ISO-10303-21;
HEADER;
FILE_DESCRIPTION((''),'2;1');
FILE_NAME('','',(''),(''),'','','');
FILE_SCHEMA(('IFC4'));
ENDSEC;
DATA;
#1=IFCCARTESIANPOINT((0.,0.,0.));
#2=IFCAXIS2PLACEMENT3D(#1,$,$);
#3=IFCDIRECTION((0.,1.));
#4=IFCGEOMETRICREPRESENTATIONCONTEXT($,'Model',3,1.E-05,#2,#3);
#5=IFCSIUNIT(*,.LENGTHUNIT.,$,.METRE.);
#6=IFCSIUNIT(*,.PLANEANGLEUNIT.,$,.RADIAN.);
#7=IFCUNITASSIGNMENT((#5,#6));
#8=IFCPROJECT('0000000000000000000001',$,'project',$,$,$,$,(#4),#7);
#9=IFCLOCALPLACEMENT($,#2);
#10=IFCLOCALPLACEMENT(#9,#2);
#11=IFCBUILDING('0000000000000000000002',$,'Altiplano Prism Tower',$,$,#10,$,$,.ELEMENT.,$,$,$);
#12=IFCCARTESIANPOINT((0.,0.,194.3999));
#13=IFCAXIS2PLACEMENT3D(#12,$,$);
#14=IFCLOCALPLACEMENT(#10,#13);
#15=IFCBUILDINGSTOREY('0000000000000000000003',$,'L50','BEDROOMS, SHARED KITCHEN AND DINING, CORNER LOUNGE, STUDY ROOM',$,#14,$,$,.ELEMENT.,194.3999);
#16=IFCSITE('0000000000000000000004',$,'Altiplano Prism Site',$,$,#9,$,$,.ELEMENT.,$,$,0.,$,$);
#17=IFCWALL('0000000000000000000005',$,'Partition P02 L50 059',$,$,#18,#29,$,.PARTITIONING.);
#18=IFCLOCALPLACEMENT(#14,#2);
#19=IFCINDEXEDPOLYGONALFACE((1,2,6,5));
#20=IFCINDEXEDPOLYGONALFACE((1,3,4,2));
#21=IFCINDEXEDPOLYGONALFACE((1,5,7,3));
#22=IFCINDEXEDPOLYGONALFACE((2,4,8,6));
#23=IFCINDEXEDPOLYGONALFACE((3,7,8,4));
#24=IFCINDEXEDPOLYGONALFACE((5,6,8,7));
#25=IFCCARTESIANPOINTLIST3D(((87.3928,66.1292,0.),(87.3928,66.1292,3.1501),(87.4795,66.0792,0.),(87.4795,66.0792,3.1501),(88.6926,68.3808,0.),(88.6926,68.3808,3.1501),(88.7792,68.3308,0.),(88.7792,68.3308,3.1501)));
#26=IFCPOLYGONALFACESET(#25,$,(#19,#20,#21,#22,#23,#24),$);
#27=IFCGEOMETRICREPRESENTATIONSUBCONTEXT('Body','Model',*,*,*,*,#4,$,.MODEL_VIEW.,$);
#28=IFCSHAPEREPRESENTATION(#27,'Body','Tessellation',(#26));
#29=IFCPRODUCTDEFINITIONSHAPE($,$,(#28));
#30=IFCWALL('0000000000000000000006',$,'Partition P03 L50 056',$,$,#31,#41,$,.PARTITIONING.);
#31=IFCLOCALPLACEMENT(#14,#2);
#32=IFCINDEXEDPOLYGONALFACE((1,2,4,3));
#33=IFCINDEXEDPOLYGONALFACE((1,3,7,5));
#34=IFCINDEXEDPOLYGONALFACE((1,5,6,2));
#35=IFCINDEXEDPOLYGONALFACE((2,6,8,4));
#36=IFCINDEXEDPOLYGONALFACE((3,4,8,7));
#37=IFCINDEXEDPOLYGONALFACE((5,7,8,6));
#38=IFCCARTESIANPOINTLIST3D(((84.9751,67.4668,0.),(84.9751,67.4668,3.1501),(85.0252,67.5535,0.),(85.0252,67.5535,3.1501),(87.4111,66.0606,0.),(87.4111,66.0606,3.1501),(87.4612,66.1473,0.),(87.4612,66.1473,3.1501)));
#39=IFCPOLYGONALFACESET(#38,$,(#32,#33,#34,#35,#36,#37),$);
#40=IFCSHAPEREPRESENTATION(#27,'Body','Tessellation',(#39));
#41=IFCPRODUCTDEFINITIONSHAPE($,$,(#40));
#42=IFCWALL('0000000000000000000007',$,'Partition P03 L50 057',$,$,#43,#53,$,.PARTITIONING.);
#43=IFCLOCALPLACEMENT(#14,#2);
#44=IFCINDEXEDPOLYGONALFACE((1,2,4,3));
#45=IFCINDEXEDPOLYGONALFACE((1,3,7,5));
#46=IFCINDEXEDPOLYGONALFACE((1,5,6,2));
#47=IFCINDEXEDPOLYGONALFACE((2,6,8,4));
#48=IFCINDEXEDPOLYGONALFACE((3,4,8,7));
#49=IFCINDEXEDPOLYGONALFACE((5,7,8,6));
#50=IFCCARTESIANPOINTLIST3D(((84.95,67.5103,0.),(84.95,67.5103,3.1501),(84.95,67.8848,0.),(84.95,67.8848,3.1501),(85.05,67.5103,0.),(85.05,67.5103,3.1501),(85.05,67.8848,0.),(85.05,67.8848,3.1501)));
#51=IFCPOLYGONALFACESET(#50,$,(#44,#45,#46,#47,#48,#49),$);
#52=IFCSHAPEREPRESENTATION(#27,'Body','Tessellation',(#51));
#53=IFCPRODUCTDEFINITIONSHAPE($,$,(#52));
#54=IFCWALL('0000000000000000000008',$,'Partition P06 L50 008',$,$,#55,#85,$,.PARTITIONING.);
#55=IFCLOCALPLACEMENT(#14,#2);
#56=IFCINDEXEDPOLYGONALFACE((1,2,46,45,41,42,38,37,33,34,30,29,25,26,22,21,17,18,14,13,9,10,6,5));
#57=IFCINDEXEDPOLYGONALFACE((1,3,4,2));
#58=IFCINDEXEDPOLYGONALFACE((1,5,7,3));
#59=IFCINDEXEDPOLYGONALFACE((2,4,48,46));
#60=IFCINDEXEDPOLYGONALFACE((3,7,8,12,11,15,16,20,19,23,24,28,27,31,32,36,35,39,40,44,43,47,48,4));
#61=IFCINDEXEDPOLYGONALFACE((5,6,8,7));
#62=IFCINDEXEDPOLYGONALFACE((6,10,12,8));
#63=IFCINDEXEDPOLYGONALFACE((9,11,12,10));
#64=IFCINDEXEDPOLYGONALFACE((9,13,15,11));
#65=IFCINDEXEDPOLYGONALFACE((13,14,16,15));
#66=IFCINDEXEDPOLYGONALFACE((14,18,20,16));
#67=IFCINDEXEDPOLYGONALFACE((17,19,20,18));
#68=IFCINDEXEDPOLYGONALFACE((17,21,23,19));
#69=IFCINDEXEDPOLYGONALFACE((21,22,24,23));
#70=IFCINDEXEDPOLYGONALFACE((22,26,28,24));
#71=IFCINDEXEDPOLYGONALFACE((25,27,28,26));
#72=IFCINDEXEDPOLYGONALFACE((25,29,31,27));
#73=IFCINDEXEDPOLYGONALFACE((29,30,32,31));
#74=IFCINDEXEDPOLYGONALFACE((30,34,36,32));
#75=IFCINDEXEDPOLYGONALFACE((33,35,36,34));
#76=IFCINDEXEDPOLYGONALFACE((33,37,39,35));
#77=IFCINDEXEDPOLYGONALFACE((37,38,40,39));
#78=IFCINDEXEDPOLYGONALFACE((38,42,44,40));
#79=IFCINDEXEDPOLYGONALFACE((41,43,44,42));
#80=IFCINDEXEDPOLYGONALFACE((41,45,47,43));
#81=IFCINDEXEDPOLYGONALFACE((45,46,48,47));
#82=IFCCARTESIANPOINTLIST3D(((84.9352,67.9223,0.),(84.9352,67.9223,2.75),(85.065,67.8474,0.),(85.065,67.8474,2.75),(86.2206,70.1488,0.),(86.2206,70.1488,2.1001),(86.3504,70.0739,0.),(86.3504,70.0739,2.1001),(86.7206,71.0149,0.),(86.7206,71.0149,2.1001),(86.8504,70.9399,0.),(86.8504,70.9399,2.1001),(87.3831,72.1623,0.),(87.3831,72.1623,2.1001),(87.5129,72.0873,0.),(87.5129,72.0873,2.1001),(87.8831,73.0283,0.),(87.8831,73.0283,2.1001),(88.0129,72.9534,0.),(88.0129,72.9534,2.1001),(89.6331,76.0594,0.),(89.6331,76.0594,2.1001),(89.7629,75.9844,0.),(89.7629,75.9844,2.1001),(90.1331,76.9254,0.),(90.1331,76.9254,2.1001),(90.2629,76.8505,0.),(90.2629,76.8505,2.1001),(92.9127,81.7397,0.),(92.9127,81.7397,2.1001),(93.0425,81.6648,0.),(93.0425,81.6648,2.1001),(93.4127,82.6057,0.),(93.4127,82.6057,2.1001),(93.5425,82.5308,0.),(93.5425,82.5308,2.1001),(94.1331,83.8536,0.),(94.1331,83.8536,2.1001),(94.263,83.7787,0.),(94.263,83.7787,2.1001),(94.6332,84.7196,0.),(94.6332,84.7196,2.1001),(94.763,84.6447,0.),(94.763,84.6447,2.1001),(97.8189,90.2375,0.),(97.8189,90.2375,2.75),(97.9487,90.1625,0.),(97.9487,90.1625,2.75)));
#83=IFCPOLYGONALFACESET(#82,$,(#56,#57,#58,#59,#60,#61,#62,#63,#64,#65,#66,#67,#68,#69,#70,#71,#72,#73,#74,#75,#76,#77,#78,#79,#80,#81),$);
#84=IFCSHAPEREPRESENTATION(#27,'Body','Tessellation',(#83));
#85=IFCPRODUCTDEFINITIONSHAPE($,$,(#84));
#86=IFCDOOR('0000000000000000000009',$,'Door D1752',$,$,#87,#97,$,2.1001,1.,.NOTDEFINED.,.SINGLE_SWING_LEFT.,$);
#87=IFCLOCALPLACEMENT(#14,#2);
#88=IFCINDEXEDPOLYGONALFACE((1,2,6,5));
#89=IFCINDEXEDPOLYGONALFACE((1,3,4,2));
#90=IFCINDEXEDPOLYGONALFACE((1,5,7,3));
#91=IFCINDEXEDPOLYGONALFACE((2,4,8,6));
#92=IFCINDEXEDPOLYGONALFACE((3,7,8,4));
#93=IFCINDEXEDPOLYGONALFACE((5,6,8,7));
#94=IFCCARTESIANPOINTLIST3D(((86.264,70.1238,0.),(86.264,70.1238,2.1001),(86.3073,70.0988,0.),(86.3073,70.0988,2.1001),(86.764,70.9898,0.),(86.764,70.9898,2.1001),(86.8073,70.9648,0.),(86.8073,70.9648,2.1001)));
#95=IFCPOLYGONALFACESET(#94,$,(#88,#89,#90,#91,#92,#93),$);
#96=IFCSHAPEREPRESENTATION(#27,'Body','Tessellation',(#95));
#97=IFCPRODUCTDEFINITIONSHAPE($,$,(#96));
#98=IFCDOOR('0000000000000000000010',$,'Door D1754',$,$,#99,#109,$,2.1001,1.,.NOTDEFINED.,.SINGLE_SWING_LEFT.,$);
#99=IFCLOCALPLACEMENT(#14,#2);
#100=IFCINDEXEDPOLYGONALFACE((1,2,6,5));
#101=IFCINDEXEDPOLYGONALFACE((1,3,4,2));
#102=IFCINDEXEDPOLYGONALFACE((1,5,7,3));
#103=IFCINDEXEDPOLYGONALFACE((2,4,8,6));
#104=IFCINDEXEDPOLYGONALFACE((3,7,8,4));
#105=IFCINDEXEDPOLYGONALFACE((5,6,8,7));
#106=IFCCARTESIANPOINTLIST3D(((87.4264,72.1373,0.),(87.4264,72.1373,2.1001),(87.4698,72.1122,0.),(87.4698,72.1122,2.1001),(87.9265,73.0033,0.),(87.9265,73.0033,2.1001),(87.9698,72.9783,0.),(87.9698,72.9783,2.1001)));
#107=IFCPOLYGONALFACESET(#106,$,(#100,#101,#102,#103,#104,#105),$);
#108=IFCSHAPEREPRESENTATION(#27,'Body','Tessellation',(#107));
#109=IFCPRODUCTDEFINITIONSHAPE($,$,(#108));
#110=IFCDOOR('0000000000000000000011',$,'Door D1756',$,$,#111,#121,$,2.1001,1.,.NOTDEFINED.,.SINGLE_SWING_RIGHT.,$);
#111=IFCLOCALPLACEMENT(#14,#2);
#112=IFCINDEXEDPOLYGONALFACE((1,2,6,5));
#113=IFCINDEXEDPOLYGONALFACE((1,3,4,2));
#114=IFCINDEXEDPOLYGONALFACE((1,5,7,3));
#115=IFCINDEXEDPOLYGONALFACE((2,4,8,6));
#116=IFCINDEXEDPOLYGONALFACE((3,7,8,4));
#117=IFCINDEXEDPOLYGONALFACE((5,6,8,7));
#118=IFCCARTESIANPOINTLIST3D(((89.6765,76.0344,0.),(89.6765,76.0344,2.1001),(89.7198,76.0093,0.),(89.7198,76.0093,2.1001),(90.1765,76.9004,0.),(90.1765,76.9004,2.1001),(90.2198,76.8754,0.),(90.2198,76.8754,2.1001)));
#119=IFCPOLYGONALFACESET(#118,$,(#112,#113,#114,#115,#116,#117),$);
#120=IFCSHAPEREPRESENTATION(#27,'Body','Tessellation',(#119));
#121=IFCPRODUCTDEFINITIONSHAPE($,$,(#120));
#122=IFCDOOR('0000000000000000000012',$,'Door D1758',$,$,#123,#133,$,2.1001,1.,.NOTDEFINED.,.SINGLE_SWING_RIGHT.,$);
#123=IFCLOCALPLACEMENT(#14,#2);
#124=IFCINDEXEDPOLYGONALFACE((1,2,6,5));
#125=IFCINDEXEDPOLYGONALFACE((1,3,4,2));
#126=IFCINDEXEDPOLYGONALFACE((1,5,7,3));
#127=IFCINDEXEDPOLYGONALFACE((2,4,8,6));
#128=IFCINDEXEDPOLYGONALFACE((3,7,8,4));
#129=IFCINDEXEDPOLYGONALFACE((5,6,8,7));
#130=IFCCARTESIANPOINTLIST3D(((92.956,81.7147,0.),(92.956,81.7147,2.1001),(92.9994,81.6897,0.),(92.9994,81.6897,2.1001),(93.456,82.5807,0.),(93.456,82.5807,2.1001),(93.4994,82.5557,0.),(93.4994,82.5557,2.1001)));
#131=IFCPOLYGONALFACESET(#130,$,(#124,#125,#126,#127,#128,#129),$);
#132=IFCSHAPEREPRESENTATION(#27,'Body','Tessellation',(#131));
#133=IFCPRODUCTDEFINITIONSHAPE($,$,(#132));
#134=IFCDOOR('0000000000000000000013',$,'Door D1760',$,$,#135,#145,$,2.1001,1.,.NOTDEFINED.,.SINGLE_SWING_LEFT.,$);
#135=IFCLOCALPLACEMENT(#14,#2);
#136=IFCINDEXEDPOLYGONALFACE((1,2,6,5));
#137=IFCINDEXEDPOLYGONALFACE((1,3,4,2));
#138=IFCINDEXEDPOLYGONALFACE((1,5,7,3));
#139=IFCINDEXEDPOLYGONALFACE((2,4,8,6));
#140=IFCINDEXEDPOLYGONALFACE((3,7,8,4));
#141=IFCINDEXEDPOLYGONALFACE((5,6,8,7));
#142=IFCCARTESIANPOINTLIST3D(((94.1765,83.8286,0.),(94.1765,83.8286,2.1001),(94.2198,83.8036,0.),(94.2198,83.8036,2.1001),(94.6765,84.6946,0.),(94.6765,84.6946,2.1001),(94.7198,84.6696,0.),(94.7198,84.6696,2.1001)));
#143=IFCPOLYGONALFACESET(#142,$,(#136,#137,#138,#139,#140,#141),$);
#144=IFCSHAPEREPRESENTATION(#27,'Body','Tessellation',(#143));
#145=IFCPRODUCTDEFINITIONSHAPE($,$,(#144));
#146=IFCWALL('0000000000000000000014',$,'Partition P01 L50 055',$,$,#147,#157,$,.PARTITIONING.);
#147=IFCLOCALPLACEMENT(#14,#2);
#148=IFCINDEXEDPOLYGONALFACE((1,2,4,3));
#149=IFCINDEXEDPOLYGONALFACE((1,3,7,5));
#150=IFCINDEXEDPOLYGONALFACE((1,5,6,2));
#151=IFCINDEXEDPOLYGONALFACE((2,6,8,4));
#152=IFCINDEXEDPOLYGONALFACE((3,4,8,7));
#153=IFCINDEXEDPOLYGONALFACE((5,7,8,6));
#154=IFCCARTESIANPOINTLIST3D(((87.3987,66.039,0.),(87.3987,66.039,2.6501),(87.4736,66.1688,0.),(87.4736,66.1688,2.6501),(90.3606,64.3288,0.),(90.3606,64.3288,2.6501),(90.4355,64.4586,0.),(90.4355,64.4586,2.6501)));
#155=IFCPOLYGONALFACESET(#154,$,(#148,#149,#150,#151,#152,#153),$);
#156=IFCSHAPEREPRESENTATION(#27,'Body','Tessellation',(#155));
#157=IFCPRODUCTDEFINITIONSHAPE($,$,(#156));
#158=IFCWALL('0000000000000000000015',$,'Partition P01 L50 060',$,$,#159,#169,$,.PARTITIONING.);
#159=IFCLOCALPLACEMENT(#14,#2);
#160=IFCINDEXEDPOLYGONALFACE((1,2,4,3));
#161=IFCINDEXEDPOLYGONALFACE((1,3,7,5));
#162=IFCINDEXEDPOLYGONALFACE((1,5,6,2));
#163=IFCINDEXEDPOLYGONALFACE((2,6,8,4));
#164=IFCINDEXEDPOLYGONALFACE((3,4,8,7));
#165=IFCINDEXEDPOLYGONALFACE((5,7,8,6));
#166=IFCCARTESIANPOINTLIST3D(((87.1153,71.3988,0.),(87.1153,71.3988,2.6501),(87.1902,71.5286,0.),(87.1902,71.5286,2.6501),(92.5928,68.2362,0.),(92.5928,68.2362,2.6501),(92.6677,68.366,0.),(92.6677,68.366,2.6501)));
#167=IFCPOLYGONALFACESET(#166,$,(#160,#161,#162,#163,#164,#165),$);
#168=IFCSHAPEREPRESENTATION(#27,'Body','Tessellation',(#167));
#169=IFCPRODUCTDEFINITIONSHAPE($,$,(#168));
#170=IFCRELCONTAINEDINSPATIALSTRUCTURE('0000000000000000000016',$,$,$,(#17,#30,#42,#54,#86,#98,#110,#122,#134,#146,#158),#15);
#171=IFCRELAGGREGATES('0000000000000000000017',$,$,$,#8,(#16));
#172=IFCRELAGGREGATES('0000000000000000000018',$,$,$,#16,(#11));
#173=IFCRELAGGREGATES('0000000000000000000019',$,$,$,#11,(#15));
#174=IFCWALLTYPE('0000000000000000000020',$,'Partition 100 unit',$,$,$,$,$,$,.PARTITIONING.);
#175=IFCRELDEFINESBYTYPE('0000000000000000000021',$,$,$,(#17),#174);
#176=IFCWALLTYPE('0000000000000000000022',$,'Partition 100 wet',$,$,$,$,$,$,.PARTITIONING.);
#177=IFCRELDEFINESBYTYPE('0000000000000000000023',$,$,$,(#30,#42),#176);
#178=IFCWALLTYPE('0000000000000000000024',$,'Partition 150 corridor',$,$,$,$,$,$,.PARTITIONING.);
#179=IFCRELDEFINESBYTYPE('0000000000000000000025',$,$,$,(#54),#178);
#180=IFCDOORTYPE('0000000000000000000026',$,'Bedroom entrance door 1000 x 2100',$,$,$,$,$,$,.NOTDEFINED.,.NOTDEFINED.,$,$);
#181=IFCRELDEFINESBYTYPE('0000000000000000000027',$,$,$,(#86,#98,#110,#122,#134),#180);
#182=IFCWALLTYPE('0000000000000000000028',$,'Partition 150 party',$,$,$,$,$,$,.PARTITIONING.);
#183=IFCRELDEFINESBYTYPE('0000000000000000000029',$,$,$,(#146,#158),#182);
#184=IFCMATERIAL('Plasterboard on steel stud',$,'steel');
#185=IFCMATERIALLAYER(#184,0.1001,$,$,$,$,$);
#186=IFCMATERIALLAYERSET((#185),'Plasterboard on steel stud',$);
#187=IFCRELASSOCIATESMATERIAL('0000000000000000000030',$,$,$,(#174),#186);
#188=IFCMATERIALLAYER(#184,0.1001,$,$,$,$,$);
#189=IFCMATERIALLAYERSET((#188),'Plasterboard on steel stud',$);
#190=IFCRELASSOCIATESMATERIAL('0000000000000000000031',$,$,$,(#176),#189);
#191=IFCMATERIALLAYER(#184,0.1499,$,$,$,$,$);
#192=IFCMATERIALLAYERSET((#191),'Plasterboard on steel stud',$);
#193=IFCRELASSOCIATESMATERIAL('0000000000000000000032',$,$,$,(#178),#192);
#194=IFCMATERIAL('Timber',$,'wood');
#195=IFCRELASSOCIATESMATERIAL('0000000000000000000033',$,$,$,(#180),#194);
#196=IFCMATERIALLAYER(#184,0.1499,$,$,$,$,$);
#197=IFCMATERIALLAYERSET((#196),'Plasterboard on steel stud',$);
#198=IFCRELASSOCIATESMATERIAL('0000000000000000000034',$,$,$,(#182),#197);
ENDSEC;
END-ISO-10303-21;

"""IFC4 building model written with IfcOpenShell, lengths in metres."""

from ifc_helpers import new_model, si_unit, direction, frame, frame_2d, origin, place, context, subcontext, project, spatial, rectangle, extrude, material, layer, layer_set, type_object, element, fill, save


model = new_model("IFC4")

# Units and contexts
model_context = context("Model", 3, precision=1e-05, world=origin(), true_north=direction((0.0, 1.0)))
body_context = subcontext(model_context, "Body", "Model", "MODEL_VIEW")
ifc_project = project(units=[si_unit("LENGTHUNIT", "METRE"), si_unit("PLANEANGLEUNIT", "RADIAN")], contexts=[model_context])

# Site, building, storey
site_placement = place(None, origin())
site = spatial("IfcSite", under=ifc_project, at=site_placement, Name="Altiplano Prism Site", CompositionType="ELEMENT", RefElevation=0.0)
building_placement = place(site_placement, origin())
building = spatial("IfcBuilding", under=site, at=building_placement, Name="Altiplano Prism Tower", CompositionType="ELEMENT")
storey_placement = place(building_placement, frame((0.0, 0.0, 194.3999)))
storey = spatial("IfcBuildingStorey", under=building, at=storey_placement, Name="L50", Description="BEDROOMS, SHARED KITCHEN AND DINING, CORNER LOUNGE, STUDY ROOM", CompositionType="ELEMENT", Elevation=194.3999)

# Walls
ifc_material_1 = material(Name="Plasterboard on steel stud", Category="steel")
ifc_layer_1 = layer(ifc_material_1, 0.1001)
ifc_layer_set_1 = layer_set([ifc_layer_1], Name="Plasterboard on steel stud")
wall_type_1 = type_object("IfcWallType", Name="Partition 100 unit", PredefinedType="PARTITIONING", material=ifc_layer_set_1)
wall_1_placement = place(storey_placement, frame((88.7358, 68.3557, 0.0), z_axis=(0.0, 0.0, 1.0), x_axis=(-0.499937, -0.866062, 0.0)))
element("IfcWall", 1, at=wall_1_placement, inside=storey, type_object=wall_type_1, Name="Partition P02 L50 059", PredefinedType="PARTITIONING", context=body_context, shape_type="SweptSolid", body=[
    extrude(rectangle(XDim=2.5999, YDim=0.1001, at=frame_2d((1.2998, 0.0))), origin(), (0.0, 0.0, 1.0), 3.1501),
])
ifc_layer_2 = layer(ifc_material_1, 0.1001)
ifc_layer_set_2 = layer_set([ifc_layer_2], Name="Plasterboard on steel stud")
wall_type_2 = type_object("IfcWallType", Name="Partition 100 wet", PredefinedType="PARTITIONING", material=ifc_layer_set_2)
wall_2_placement = place(storey_placement, frame((87.436, 66.104, 0.0), z_axis=(0.0, 0.0, 1.0), x_axis=(-0.866056, 0.499948, 0.0)))
element("IfcWall", 2, at=wall_2_placement, inside=storey, type_object=wall_type_2, Name="Partition P03 L50 056", PredefinedType="PARTITIONING", context=body_context, shape_type="SweptSolid", body=[
    extrude(rectangle(XDim=2.8127, YDim=0.1001, at=frame_2d((1.4062, 0.0))), origin(), (0.0, 0.0, 1.0), 3.1501),
])
wall_3_placement = place(storey_placement, frame((85.0, 67.5103, 0.0), z_axis=(0.0, 0.0, 1.0), x_axis=(0.0, 1.0, 0.0)))
element("IfcWall", 3, at=wall_3_placement, inside=storey, type_object=wall_type_2, Name="Partition P03 L50 057", PredefinedType="PARTITIONING", context=body_context, shape_type="SweptSolid", body=[
    extrude(rectangle(XDim=0.3745, YDim=0.1001, at=frame_2d((0.1873, 0.0))), origin(), (0.0, 0.0, 1.0), 3.1501),
])

# Wall, openings, doors
ifc_layer_3 = layer(ifc_material_1, 0.1499)
ifc_layer_set_3 = layer_set([ifc_layer_3], Name="Plasterboard on steel stud")
wall_type_3 = type_object("IfcWallType", Name="Partition 150 corridor", PredefinedType="PARTITIONING", material=ifc_layer_set_3)
wall_4_placement = place(storey_placement, frame((85.0, 67.8848, 0.0), z_axis=(0.0, 0.0, 1.0), x_axis=(0.500003, 0.866024, 0.0)))
wall_4 = element("IfcWall", 4, at=wall_4_placement, inside=storey, type_object=wall_type_3, Name="Partition P06 L50 008", PredefinedType="PARTITIONING", context=body_context, shape_type="SweptSolid", body=[
    extrude(rectangle(XDim=25.7673, YDim=0.1499, at=frame_2d((12.8838, 0.0))), origin(), (0.0, 0.0, 1.0), 2.75),
])
opening_1_placement = place(wall_4_placement, frame((2.571, 0.0, 0.0)))
opening_1 = element("IfcOpeningElement", 5, at=opening_1_placement, cuts=wall_4, PredefinedType="OPENING", context=body_context, shape_type="SweptSolid", body=[
    extrude(rectangle(XDim=1.0, YDim=2.1001, at=frame_2d((0.5, 1.05))), frame((0.0, 0.0854, 0.0), z_axis=(0.0, -1.0, 0.0), x_axis=(1.0, 0.0, 0.0)), (0.0, 0.0, 1.0), 0.1709),
])
opening_2_placement = place(wall_4_placement, frame((4.896, 0.0, 0.0)))
opening_2 = element("IfcOpeningElement", 6, at=opening_2_placement, cuts=wall_4, PredefinedType="OPENING", context=body_context, shape_type="SweptSolid", body=[
    extrude(rectangle(XDim=1.0, YDim=2.1001, at=frame_2d((0.5, 1.05))), frame((0.0, 0.0854, 0.0), z_axis=(0.0, -1.0, 0.0), x_axis=(1.0, 0.0, 0.0)), (0.0, 0.0, 1.0), 0.1709),
])
opening_3_placement = place(wall_4_placement, frame((9.396, 0.0, 0.0)))
opening_3 = element("IfcOpeningElement", 7, at=opening_3_placement, cuts=wall_4, PredefinedType="OPENING", context=body_context, shape_type="SweptSolid", body=[
    extrude(rectangle(XDim=1.0, YDim=2.1001, at=frame_2d((0.5, 1.05))), frame((0.0, 0.0854, 0.0), z_axis=(0.0, -1.0, 0.0), x_axis=(1.0, 0.0, 0.0)), (0.0, 0.0, 1.0), 0.1709),
])
opening_4_placement = place(wall_4_placement, frame((15.9551, 0.0, 0.0)))
opening_4 = element("IfcOpeningElement", 8, at=opening_4_placement, cuts=wall_4, PredefinedType="OPENING", context=body_context, shape_type="SweptSolid", body=[
    extrude(rectangle(XDim=1.0, YDim=2.1001, at=frame_2d((0.5, 1.05))), frame((0.0, 0.0854, 0.0), z_axis=(0.0, -1.0, 0.0), x_axis=(1.0, 0.0, 0.0)), (0.0, 0.0, 1.0), 0.1709),
])
opening_5_placement = place(wall_4_placement, frame((18.396, 0.0, 0.0)))
opening_5 = element("IfcOpeningElement", 9, at=opening_5_placement, cuts=wall_4, PredefinedType="OPENING", context=body_context, shape_type="SweptSolid", body=[
    extrude(rectangle(XDim=1.0, YDim=2.1001, at=frame_2d((0.5, 1.05))), frame((0.0, 0.0854, 0.0), z_axis=(0.0, -1.0, 0.0), x_axis=(1.0, 0.0, 0.0)), (0.0, 0.0, 1.0), 0.1709),
])
ifc_material_2 = material(Name="Timber", Category="wood")
door_type = type_object("IfcDoorType", Name="Bedroom entrance door 1000 x 2100", OperationType="NOTDEFINED", PredefinedType="NOTDEFINED", material=ifc_material_2)
door_1_placement = place(opening_1_placement, origin())
door_1 = element("IfcDoor", 10, at=door_1_placement, inside=storey, type_object=door_type, Name="Door D1752", OperationType="SINGLE_SWING_LEFT", OverallHeight=2.1001, OverallWidth=1.0, PredefinedType="NOTDEFINED", context=body_context, shape_type="SweptSolid", body=[
    extrude(rectangle(XDim=1.0, YDim=2.1001, at=frame_2d((0.5, 1.05))), frame((0.0, 0.0249, 0.0), z_axis=(0.0, -1.0, 0.0), x_axis=(1.0, 0.0, 0.0)), (0.0, 0.0, 1.0), 0.05),
])
fill(opening_1, door_1)
door_2_placement = place(opening_2_placement, origin())
door_2 = element("IfcDoor", 11, at=door_2_placement, inside=storey, type_object=door_type, Name="Door D1754", OperationType="SINGLE_SWING_LEFT", OverallHeight=2.1001, OverallWidth=1.0, PredefinedType="NOTDEFINED", context=body_context, shape_type="SweptSolid", body=[
    extrude(rectangle(XDim=1.0, YDim=2.1001, at=frame_2d((0.5, 1.05))), frame((0.0, 0.0249, 0.0), z_axis=(0.0, -1.0, 0.0), x_axis=(1.0, 0.0, 0.0)), (0.0, 0.0, 1.0), 0.05),
])
fill(opening_2, door_2)
door_3_placement = place(opening_3_placement, origin())
door_3 = element("IfcDoor", 12, at=door_3_placement, inside=storey, type_object=door_type, Name="Door D1756", OperationType="SINGLE_SWING_RIGHT", OverallHeight=2.1001, OverallWidth=1.0, PredefinedType="NOTDEFINED", context=body_context, shape_type="SweptSolid", body=[
    extrude(rectangle(XDim=1.0, YDim=2.1001, at=frame_2d((0.5, 1.05))), frame((0.0, 0.0249, 0.0), z_axis=(0.0, -1.0, 0.0), x_axis=(1.0, 0.0, 0.0)), (0.0, 0.0, 1.0), 0.05),
])
fill(opening_3, door_3)
door_4_placement = place(opening_4_placement, origin())
door_4 = element("IfcDoor", 13, at=door_4_placement, inside=storey, type_object=door_type, Name="Door D1758", OperationType="SINGLE_SWING_RIGHT", OverallHeight=2.1001, OverallWidth=1.0, PredefinedType="NOTDEFINED", context=body_context, shape_type="SweptSolid", body=[
    extrude(rectangle(XDim=1.0, YDim=2.1001, at=frame_2d((0.5, 1.05))), frame((0.0, 0.0249, 0.0), z_axis=(0.0, -1.0, 0.0), x_axis=(1.0, 0.0, 0.0)), (0.0, 0.0, 1.0), 0.05),
])
fill(opening_4, door_4)
door_5_placement = place(opening_5_placement, origin())
door_5 = element("IfcDoor", 14, at=door_5_placement, inside=storey, type_object=door_type, Name="Door D1760", OperationType="SINGLE_SWING_LEFT", OverallHeight=2.1001, OverallWidth=1.0, PredefinedType="NOTDEFINED", context=body_context, shape_type="SweptSolid", body=[
    extrude(rectangle(XDim=1.0, YDim=2.1001, at=frame_2d((0.5, 1.05))), frame((0.0, 0.0249, 0.0), z_axis=(0.0, -1.0, 0.0), x_axis=(1.0, 0.0, 0.0)), (0.0, 0.0, 1.0), 0.05),
])
fill(opening_5, door_5)

# Walls
ifc_layer_4 = layer(ifc_material_1, 0.1499)
ifc_layer_set_4 = layer_set([ifc_layer_4], Name="Plasterboard on steel stud")
wall_type_4 = type_object("IfcWallType", Name="Partition 150 party", PredefinedType="PARTITIONING", material=ifc_layer_set_4)
wall_5_placement = place(storey_placement, frame((90.3979, 64.3938, 0.0), z_axis=(0.0, 0.0, 1.0), x_axis=(-0.866007, 0.500031, 0.0)))
element("IfcWall", 15, at=wall_5_placement, inside=storey, type_object=wall_type_4, Name="Partition P01 L50 055", PredefinedType="PARTITIONING", context=body_context, shape_type="SweptSolid", body=[
    extrude(rectangle(XDim=3.4202, YDim=0.1499, at=frame_2d((1.71, 0.0))), origin(), (0.0, 0.0, 1.0), 2.6501),
])
wall_6_placement = place(storey_placement, frame((92.6304, 68.301, 0.0), z_axis=(0.0, 0.0, 1.0), x_axis=(-0.866016, 0.500016, 0.0)))
element("IfcWall", 16, at=wall_6_placement, inside=storey, type_object=wall_type_4, Name="Partition P01 L50 060", PredefinedType="PARTITIONING", context=body_context, shape_type="SweptSolid", body=[
    extrude(rectangle(XDim=6.325, YDim=0.1499, at=frame_2d((3.1626, 0.0))), origin(), (0.0, 0.0, 1.0), 2.6501),
])

save(model, "model.ifc")
